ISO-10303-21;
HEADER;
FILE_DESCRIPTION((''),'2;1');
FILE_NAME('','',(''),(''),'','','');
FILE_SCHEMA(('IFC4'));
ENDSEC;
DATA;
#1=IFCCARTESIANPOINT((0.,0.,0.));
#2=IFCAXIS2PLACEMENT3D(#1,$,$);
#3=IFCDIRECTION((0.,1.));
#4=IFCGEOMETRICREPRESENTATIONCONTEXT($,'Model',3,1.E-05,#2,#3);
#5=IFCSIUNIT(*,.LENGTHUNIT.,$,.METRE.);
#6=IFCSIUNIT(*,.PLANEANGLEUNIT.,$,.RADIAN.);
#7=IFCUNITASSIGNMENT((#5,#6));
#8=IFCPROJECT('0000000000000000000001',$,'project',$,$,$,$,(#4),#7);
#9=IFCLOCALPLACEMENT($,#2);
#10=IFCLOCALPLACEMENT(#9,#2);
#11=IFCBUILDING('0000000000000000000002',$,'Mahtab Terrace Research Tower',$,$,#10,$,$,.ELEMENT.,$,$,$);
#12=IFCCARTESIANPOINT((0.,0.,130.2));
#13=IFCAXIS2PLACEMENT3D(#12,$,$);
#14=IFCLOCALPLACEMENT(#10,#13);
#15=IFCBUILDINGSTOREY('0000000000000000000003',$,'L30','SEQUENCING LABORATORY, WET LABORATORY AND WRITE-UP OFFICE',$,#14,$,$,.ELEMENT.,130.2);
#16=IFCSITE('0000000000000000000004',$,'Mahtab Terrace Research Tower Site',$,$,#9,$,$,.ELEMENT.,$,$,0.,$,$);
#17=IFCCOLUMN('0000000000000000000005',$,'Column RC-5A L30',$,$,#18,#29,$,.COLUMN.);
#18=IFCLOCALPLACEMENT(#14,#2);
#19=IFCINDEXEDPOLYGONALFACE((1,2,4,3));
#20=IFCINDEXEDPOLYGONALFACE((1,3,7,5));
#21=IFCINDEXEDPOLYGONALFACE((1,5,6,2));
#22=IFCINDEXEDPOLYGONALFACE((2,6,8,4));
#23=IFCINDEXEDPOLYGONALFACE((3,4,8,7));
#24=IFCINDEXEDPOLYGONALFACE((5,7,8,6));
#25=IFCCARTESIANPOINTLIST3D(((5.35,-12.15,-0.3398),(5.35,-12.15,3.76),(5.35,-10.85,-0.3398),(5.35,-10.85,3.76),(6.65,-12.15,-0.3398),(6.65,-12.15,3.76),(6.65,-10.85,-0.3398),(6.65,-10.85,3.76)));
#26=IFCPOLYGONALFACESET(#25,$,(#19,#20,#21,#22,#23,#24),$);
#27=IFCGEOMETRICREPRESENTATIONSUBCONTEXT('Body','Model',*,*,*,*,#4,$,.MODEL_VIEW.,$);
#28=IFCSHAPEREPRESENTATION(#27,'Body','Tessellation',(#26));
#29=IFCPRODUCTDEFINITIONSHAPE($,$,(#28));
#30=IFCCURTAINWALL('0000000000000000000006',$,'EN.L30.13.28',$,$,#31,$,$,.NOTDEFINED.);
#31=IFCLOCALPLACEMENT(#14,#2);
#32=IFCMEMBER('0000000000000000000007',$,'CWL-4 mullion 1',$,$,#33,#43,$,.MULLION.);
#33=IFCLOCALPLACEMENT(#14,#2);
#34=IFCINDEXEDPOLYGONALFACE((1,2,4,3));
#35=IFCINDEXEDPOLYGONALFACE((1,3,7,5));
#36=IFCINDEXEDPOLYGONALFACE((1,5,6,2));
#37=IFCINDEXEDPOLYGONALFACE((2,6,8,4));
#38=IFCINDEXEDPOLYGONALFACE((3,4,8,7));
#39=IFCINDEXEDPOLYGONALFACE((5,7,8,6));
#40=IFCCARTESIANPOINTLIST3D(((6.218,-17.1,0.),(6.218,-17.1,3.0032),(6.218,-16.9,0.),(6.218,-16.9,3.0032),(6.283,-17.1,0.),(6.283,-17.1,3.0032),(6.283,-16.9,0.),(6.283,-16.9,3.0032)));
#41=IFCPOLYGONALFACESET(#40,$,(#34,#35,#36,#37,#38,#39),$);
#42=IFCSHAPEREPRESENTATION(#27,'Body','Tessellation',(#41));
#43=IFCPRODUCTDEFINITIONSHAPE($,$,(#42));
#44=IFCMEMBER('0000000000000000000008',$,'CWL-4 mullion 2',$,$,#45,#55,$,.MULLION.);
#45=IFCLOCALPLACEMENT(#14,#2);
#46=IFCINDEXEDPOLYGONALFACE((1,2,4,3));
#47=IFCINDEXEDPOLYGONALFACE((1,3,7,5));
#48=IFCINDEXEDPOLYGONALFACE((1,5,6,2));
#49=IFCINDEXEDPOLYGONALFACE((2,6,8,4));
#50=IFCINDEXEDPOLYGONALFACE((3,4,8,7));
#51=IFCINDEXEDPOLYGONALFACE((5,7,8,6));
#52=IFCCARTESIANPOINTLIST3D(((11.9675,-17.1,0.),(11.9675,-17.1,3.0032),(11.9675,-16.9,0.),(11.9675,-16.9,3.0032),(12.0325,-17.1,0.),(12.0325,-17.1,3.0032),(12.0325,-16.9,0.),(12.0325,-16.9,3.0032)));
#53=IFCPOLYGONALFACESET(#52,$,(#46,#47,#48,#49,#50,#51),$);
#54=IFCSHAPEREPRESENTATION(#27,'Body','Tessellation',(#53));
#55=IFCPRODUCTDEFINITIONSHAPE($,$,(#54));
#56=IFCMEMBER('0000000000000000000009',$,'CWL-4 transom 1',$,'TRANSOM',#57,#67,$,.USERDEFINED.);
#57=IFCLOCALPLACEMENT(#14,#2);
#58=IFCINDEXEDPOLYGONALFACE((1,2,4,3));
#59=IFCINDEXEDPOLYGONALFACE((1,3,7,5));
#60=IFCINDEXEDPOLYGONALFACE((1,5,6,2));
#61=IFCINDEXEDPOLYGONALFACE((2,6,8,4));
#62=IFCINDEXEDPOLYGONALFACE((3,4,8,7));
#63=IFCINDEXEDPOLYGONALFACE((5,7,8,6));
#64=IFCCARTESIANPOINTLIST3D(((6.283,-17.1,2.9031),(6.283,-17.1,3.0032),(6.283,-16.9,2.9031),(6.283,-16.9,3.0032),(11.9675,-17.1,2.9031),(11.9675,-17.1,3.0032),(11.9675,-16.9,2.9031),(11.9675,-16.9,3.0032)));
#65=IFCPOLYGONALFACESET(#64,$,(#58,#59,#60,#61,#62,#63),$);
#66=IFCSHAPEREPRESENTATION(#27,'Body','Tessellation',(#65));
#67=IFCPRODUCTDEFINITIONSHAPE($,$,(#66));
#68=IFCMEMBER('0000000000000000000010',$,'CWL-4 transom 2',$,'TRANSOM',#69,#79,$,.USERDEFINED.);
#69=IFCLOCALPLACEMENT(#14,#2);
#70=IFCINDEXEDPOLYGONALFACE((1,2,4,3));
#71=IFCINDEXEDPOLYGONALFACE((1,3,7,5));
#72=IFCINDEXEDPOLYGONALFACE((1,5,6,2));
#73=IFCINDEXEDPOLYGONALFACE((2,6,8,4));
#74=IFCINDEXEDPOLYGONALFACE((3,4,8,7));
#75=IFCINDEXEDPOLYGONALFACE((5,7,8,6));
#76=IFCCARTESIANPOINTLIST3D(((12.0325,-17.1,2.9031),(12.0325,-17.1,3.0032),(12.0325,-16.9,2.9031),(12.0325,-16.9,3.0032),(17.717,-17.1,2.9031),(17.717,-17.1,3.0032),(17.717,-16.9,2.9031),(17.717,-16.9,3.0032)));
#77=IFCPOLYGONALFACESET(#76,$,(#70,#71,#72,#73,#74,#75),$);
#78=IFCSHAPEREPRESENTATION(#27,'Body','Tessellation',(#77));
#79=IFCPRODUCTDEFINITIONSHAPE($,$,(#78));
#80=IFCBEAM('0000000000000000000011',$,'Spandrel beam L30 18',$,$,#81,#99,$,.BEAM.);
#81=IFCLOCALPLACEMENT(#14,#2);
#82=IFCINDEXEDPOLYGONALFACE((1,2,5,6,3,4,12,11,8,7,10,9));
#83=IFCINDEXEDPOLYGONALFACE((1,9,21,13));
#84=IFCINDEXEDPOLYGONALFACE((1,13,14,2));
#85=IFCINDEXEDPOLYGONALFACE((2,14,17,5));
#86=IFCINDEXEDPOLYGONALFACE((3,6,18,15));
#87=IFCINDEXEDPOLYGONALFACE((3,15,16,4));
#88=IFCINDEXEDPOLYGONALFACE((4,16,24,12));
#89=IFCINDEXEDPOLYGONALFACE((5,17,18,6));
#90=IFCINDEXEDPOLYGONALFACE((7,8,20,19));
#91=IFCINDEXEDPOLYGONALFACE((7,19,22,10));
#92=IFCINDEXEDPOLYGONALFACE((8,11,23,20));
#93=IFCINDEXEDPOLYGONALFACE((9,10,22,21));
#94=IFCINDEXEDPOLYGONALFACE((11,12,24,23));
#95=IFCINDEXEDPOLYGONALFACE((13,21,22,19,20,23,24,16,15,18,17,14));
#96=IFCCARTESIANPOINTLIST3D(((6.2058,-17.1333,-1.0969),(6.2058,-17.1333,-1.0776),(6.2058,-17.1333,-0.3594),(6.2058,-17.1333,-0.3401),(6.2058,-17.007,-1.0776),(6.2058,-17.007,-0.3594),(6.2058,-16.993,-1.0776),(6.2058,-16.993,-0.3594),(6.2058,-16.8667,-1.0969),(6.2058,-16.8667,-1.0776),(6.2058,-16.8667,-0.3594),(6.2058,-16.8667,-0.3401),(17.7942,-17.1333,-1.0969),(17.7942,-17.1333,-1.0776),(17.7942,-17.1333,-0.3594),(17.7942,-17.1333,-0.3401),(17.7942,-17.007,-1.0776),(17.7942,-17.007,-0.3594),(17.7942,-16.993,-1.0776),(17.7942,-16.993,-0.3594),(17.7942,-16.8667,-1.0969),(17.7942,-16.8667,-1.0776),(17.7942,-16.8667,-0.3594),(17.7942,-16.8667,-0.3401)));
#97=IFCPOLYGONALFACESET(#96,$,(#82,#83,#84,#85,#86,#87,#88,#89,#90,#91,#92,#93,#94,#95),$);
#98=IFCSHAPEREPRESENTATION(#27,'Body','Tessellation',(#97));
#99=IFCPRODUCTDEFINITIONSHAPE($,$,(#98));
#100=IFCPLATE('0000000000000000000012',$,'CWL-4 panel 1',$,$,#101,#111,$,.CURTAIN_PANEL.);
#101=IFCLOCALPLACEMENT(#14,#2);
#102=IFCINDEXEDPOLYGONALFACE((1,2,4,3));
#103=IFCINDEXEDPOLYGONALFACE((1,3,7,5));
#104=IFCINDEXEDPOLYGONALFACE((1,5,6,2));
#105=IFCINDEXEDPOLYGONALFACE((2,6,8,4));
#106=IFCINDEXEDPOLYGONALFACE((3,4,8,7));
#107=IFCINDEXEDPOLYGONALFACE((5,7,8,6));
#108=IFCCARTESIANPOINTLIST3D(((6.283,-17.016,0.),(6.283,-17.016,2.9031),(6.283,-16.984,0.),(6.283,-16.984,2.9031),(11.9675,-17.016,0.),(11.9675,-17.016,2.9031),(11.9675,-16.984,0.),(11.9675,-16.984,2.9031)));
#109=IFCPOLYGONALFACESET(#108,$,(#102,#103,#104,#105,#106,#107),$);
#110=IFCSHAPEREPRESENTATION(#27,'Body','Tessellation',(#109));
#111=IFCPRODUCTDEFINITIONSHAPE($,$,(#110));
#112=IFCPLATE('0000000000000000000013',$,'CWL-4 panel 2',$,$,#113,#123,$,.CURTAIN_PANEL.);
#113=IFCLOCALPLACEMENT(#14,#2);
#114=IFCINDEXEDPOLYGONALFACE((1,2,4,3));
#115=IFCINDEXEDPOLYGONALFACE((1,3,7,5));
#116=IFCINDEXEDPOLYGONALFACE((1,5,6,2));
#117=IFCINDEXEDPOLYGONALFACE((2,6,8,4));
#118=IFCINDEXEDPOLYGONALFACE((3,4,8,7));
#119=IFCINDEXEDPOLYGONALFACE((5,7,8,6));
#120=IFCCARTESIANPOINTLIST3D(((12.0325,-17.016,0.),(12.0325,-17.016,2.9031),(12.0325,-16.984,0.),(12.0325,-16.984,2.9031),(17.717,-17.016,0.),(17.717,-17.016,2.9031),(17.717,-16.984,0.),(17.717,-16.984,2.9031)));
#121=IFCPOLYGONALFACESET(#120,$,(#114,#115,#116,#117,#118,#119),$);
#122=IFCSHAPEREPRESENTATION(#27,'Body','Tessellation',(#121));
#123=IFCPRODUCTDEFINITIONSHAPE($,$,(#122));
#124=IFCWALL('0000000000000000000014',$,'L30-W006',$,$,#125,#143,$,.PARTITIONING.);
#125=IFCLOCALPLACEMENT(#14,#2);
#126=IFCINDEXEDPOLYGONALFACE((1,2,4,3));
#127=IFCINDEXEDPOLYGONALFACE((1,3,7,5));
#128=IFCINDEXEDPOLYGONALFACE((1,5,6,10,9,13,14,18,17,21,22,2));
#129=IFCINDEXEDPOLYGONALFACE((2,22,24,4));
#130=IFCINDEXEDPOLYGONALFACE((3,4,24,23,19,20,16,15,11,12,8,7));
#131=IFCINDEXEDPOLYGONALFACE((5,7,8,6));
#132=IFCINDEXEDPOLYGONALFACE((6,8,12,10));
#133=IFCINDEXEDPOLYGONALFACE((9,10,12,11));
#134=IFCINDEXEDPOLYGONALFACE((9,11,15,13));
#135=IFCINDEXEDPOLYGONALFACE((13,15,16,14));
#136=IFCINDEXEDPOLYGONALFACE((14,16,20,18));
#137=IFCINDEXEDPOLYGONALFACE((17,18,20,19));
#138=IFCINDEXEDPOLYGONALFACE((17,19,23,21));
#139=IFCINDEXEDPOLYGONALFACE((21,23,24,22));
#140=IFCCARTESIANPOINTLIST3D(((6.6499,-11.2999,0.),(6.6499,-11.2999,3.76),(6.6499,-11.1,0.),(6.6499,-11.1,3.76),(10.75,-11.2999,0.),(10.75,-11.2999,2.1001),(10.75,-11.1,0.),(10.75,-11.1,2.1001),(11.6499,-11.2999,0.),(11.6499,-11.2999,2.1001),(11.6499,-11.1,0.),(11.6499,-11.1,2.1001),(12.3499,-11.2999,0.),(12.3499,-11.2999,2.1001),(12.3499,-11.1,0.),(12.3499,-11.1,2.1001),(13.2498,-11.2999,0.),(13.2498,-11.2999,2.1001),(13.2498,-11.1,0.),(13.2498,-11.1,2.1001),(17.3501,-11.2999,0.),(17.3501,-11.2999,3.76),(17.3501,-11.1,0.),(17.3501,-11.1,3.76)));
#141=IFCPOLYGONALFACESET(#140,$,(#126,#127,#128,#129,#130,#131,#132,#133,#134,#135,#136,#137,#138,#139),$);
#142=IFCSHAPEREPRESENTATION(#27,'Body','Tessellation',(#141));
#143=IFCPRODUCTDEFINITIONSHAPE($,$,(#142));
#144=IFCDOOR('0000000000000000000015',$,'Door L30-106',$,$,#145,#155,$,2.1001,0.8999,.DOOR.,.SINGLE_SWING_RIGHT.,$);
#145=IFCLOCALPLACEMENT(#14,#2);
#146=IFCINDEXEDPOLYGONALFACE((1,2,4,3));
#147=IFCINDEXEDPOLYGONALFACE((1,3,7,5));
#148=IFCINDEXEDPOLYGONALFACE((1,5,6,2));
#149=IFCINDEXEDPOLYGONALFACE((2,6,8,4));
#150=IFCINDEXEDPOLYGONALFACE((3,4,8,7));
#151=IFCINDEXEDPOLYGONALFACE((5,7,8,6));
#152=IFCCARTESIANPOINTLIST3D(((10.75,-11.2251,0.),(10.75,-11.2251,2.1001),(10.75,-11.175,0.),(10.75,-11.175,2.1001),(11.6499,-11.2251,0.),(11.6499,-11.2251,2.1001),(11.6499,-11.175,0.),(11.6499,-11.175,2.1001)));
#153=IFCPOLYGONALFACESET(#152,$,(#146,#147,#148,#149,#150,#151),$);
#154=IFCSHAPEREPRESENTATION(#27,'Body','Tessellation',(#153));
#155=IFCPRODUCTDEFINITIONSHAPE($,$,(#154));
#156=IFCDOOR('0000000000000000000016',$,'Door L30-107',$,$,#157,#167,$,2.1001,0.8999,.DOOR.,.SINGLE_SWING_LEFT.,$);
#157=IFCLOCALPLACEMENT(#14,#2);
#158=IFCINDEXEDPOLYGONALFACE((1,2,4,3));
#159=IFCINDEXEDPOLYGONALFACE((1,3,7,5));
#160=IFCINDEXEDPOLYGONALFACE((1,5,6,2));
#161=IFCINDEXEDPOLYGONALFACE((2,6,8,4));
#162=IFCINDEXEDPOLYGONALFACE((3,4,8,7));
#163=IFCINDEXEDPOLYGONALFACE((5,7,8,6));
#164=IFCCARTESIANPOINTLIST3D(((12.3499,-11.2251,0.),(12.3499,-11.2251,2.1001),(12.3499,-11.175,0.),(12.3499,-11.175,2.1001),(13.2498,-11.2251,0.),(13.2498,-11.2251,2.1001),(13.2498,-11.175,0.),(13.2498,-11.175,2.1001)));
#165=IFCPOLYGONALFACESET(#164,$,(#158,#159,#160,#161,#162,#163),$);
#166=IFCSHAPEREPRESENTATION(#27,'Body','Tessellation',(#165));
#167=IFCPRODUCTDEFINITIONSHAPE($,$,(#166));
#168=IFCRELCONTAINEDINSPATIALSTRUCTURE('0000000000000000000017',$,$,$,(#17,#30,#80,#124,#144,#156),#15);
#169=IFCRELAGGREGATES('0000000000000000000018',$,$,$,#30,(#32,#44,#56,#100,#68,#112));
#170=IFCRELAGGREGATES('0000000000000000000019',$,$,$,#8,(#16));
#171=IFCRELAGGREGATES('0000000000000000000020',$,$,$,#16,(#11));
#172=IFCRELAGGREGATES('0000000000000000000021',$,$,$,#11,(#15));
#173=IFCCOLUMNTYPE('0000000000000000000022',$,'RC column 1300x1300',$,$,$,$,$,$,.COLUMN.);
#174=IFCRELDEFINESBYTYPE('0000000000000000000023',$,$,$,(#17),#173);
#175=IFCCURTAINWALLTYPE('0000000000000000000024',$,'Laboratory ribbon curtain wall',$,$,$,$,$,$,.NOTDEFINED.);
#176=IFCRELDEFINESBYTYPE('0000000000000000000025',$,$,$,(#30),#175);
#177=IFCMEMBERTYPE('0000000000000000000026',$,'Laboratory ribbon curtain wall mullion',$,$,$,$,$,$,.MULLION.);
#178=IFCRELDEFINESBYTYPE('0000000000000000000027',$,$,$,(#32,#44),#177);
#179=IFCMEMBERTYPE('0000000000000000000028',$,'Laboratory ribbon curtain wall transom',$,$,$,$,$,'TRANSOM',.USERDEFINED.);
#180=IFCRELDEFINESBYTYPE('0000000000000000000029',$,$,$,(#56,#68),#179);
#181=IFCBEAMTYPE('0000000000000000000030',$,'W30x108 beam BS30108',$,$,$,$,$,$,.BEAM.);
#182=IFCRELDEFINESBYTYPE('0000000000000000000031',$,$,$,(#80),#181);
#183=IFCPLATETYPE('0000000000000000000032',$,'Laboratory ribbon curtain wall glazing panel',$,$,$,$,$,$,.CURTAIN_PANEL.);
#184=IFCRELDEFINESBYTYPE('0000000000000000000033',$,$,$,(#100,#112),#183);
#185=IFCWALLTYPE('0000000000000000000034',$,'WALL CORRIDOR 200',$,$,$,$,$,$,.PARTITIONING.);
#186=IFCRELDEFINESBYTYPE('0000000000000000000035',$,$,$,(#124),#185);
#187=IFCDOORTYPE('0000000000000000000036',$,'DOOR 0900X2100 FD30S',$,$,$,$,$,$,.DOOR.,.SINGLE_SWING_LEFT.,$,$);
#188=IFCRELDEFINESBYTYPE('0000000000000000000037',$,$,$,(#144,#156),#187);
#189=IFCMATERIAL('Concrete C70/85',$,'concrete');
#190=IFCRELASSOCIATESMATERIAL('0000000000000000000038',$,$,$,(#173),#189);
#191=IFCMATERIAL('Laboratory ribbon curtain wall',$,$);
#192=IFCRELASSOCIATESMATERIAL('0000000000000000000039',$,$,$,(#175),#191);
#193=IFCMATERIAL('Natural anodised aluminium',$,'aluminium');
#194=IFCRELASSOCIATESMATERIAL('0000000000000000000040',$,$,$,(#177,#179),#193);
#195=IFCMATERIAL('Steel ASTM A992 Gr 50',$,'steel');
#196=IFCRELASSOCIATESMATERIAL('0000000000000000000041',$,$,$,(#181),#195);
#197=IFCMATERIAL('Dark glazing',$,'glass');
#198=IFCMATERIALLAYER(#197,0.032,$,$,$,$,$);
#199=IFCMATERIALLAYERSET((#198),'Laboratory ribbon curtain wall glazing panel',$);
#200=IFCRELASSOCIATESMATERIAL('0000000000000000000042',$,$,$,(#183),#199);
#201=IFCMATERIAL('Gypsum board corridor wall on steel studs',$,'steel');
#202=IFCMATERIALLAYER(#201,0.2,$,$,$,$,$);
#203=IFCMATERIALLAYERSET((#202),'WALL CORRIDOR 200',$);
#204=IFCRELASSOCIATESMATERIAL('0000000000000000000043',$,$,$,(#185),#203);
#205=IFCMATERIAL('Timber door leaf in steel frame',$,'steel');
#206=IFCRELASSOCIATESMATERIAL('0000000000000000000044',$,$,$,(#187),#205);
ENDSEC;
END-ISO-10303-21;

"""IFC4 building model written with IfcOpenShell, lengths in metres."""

from ifc_helpers import new_model, si_unit, direction, frame, frame_2d, origin, origin_2d, place, context, subcontext, project, spatial, rectangle, i_section, extrude, material, layer, layer_set, material_profile, profile_set, type_object, element, fill, aggregate, save


model = new_model("IFC4")

# Units and contexts
model_context = context("Model", 3, precision=1e-05, world=origin(), true_north=direction((0.0, 1.0)))
body_context = subcontext(model_context, "Body", "Model", "MODEL_VIEW")
ifc_project = project(units=[si_unit("LENGTHUNIT", "METRE"), si_unit("PLANEANGLEUNIT", "RADIAN")], contexts=[model_context])

# Site, building, storey
site_placement = place(None, origin())
site = spatial("IfcSite", under=ifc_project, at=site_placement, Name="Mahtab Terrace Research Tower Site", CompositionType="ELEMENT", RefElevation=0.0)
building_placement = place(site_placement, origin())
building = spatial("IfcBuilding", under=site, at=building_placement, Name="Mahtab Terrace Research Tower", CompositionType="ELEMENT")
storey_placement = place(building_placement, frame((0.0, 0.0, 130.2)))
storey = spatial("IfcBuildingStorey", under=building, at=storey_placement, Name="L30", Description="SEQUENCING LABORATORY, WET LABORATORY AND WRITE-UP OFFICE", CompositionType="ELEMENT", Elevation=130.2)

# Column
ifc_material_1 = material(Name="Concrete C70/85", Category="concrete")
ifc_material_profile_1 = material_profile(ifc_material_1, rectangle(XDim=1.3, YDim=1.3, at=origin_2d()), Name="RC column 1300x1300")
ifc_profile_set_1 = profile_set([ifc_material_profile_1], Name="Concrete C70/85")
column_type = type_object("IfcColumnType", Name="RC column 1300x1300", PredefinedType="COLUMN", material=ifc_profile_set_1)
column_placement = place(storey_placement, frame((6.0, -11.5, -0.3398), z_axis=(0.0, 0.0, 1.0), x_axis=(1.0, 0.0, 0.0)))
element("IfcColumn", 1, at=column_placement, inside=storey, type_object=column_type, Name="Column RC-5A L30", PredefinedType="COLUMN", context=body_context, shape_type="SweptSolid", body=[
    extrude(rectangle(XDim=1.3, YDim=1.3, at=origin_2d()), origin(), (0.0, 0.0, 1.0), 4.0999),
])

# Curtain wall, members
ifc_material_2 = material(Name="Laboratory ribbon curtain wall")
curtain_wall_type = type_object("IfcCurtainWallType", Name="Laboratory ribbon curtain wall", PredefinedType="NOTDEFINED", material=ifc_material_2)
curtain_wall_placement = place(storey_placement, origin())
curtain_wall = element("IfcCurtainWall", 2, at=curtain_wall_placement, inside=storey, type_object=curtain_wall_type, Name="EN.L30.13.28", PredefinedType="NOTDEFINED")
ifc_material_3 = material(Name="Natural anodised aluminium", Category="aluminium")
ifc_material_profile_2 = material_profile(ifc_material_3, rectangle(XDim=0.2, YDim=0.0649, at=origin_2d()), Name="MULLION 65x200")
ifc_profile_set_2 = profile_set([ifc_material_profile_2], Name="Natural anodised aluminium")
member_type_1 = type_object("IfcMemberType", Name="Laboratory ribbon curtain wall mullion", PredefinedType="MULLION", material=ifc_profile_set_2)
member_1_placement = place(storey_placement, frame((6.2505, -17.0, 0.0), z_axis=(0.0, 0.0, 1.0), x_axis=(0.0, 1.0, 0.0)))
member_1 = element("IfcMember", 3, at=member_1_placement, type_object=member_type_1, Name="CWL-4 mullion 1", PredefinedType="MULLION", context=body_context, shape_type="SweptSolid", body=[
    extrude(rectangle(XDim=0.2, YDim=0.0649, at=origin_2d()), origin(), (0.0, 0.0, 1.0), 3.0032),
])
member_2_placement = place(storey_placement, frame((12.0, -17.0, 0.0), z_axis=(0.0, 0.0, 1.0), x_axis=(0.0, 1.0, 0.0)))
member_2 = element("IfcMember", 4, at=member_2_placement, type_object=member_type_1, Name="CWL-4 mullion 2", PredefinedType="MULLION", context=body_context, shape_type="SweptSolid", body=[
    extrude(rectangle(XDim=0.2, YDim=0.0649, at=origin_2d()), origin(), (0.0, 0.0, 1.0), 3.0032),
])
ifc_material_profile_3 = material_profile(ifc_material_3, rectangle(XDim=0.2, YDim=0.1001, at=origin_2d()), Name="TRANSOM 100x200")
ifc_profile_set_3 = profile_set([ifc_material_profile_3], Name="Natural anodised aluminium")
member_type_2 = type_object("IfcMemberType", Name="Laboratory ribbon curtain wall transom", ElementType="TRANSOM", PredefinedType="USERDEFINED", material=ifc_profile_set_3)
member_3_placement = place(storey_placement, frame((6.283, -17.0, 2.9531), z_axis=(1.0, 0.0, 0.0), x_axis=(0.0, 1.0, 0.0)))
member_3 = element("IfcMember", 5, at=member_3_placement, type_object=member_type_2, Name="CWL-4 transom 1", ObjectType="TRANSOM", PredefinedType="USERDEFINED", context=body_context, shape_type="SweptSolid", body=[
    extrude(rectangle(XDim=0.2, YDim=0.1001, at=origin_2d()), origin(), (0.0, 0.0, 1.0), 5.6846),
])
member_4_placement = place(storey_placement, frame((12.0325, -17.0, 2.9531), z_axis=(1.0, 0.0, 0.0), x_axis=(0.0, 1.0, 0.0)))
member_4 = element("IfcMember", 6, at=member_4_placement, type_object=member_type_2, Name="CWL-4 transom 2", ObjectType="TRANSOM", PredefinedType="USERDEFINED", context=body_context, shape_type="SweptSolid", body=[
    extrude(rectangle(XDim=0.2, YDim=0.1001, at=origin_2d()), origin(), (0.0, 0.0, 1.0), 5.6846),
])

# Beam
ifc_material_4 = material(Name="Steel ASTM A992 Gr 50", Category="steel")
ifc_material_profile_4 = material_profile(ifc_material_4, i_section(OverallWidth=0.2666, OverallDepth=0.7568, WebThickness=0.0139, FlangeThickness=0.0193, at=origin_2d()), Name="W30X108")
ifc_profile_set_4 = profile_set([ifc_material_profile_4], Name="Steel ASTM A992 Gr 50")
beam_type = type_object("IfcBeamType", Name="W30x108 beam BS30108", PredefinedType="BEAM", material=ifc_profile_set_4)
beam_placement = place(storey_placement, frame((6.2058, -17.0, -0.7185), z_axis=(1.0, 0.0, 0.0), x_axis=(0.0, 1.0, 0.0)))
element("IfcBeam", 7, at=beam_placement, inside=storey, type_object=beam_type, Name="Spandrel beam L30 18", PredefinedType="BEAM", context=body_context, shape_type="SweptSolid", body=[
    extrude(i_section(OverallWidth=0.2666, OverallDepth=0.7568, WebThickness=0.0139, FlangeThickness=0.0193, at=origin_2d()), origin(), (0.0, 0.0, 1.0), 11.5884),
])

# Plates
ifc_material_5 = material(Name="Dark glazing", Category="glass")
ifc_layer_1 = layer(ifc_material_5, 0.032)
ifc_layer_set_1 = layer_set([ifc_layer_1], Name="Laboratory ribbon curtain wall glazing panel")
plate_type = type_object("IfcPlateType", Name="Laboratory ribbon curtain wall glazing panel", PredefinedType="CURTAIN_PANEL", material=ifc_layer_set_1)
plate_1_placement = place(storey_placement, frame((9.1252, -17.0, 0.0), z_axis=(0.0, 0.0, 1.0), x_axis=(1.0, 0.0, 0.0)))
plate_1 = element("IfcPlate", 8, at=plate_1_placement, type_object=plate_type, Name="CWL-4 panel 1", PredefinedType="CURTAIN_PANEL", context=body_context, shape_type="SweptSolid", body=[
    extrude(rectangle(XDim=5.6846, YDim=0.032, at=origin_2d()), origin(), (0.0, 0.0, 1.0), 2.9031),
])
plate_2_placement = place(storey_placement, frame((14.8748, -17.0, 0.0), z_axis=(0.0, 0.0, 1.0), x_axis=(1.0, 0.0, 0.0)))
plate_2 = element("IfcPlate", 9, at=plate_2_placement, type_object=plate_type, Name="CWL-4 panel 2", PredefinedType="CURTAIN_PANEL", context=body_context, shape_type="SweptSolid", body=[
    extrude(rectangle(XDim=5.6846, YDim=0.032, at=origin_2d()), origin(), (0.0, 0.0, 1.0), 2.9031),
])
aggregate(curtain_wall, [member_1, member_2, member_3, plate_1, member_4, plate_2])

# Wall, openings, doors
ifc_material_6 = material(Name="Gypsum board corridor wall on steel studs", Category="steel")
ifc_layer_2 = layer(ifc_material_6, 0.2)
ifc_layer_set_2 = layer_set([ifc_layer_2], Name="WALL CORRIDOR 200")
wall_type_1 = type_object("IfcWallType", Name="WALL CORRIDOR 200", PredefinedType="PARTITIONING", material=ifc_layer_set_2)
wall_1_placement = place(storey_placement, frame((6.6499, -11.2, 0.0), z_axis=(0.0, 0.0, 1.0), x_axis=(1.0, 0.0, 0.0)))
wall_1 = element("IfcWall", 10, at=wall_1_placement, inside=storey, type_object=wall_type_1, Name="L30-W006", PredefinedType="PARTITIONING", context=body_context, shape_type="SweptSolid", body=[
    extrude(rectangle(XDim=10.7002, YDim=0.2, at=frame_2d((5.3501, 0.0))), origin(), (0.0, 0.0, 1.0), 3.76),
])
opening_1_placement = place(wall_1_placement, frame((4.1001, 0.0, 0.0)))
opening_1 = element("IfcOpeningElement", 11, at=opening_1_placement, cuts=wall_1, PredefinedType="OPENING", context=body_context, shape_type="SweptSolid", body=[
    extrude(rectangle(XDim=0.8999, YDim=2.1001, at=frame_2d((0.45, 1.05))), frame((0.0, 0.1099, 0.0), z_axis=(0.0, -1.0, 0.0), x_axis=(1.0, 0.0, 0.0)), (0.0, 0.0, 1.0), 0.22),
])
opening_2_placement = place(wall_1_placement, frame((5.7, 0.0, 0.0)))
opening_2 = element("IfcOpeningElement", 12, at=opening_2_placement, cuts=wall_1, PredefinedType="OPENING", context=body_context, shape_type="SweptSolid", body=[
    extrude(rectangle(XDim=0.8999, YDim=2.1001, at=frame_2d((0.45, 1.05))), frame((0.0, 0.1099, 0.0), z_axis=(0.0, -1.0, 0.0), x_axis=(1.0, 0.0, 0.0)), (0.0, 0.0, 1.0), 0.22),
])
ifc_material_7 = material(Name="Timber door leaf in steel frame", Category="steel")
door_type_1 = type_object("IfcDoorType", Name="DOOR 0900X2100 FD30S", OperationType="SINGLE_SWING_LEFT", PredefinedType="DOOR", material=ifc_material_7)
door_1_placement = place(opening_1_placement, origin())
door_1 = element("IfcDoor", 13, at=door_1_placement, inside=storey, type_object=door_type_1, Name="Door L30-106", OperationType="SINGLE_SWING_RIGHT", OverallHeight=2.1001, OverallWidth=0.8999, PredefinedType="DOOR", context=body_context, shape_type="SweptSolid", body=[
    extrude(rectangle(XDim=0.8999, YDim=2.1001, at=frame_2d((0.45, 1.05))), frame((0.0, 0.0249, 0.0), z_axis=(0.0, -1.0, 0.0), x_axis=(1.0, 0.0, 0.0)), (0.0, 0.0, 1.0), 0.05),
])
fill(opening_1, door_1)
door_2_placement = place(opening_2_placement, origin())
door_2 = element("IfcDoor", 14, at=door_2_placement, inside=storey, type_object=door_type_1, Name="Door L30-107", OperationType="SINGLE_SWING_LEFT", OverallHeight=2.1001, OverallWidth=0.8999, PredefinedType="DOOR", context=body_context, shape_type="SweptSolid", body=[
    extrude(rectangle(XDim=0.8999, YDim=2.1001, at=frame_2d((0.45, 1.05))), frame((0.0, 0.0249, 0.0), z_axis=(0.0, -1.0, 0.0), x_axis=(1.0, 0.0, 0.0)), (0.0, 0.0, 1.0), 0.05),
])
fill(opening_2, door_2)

save(model, "model.ifc")
